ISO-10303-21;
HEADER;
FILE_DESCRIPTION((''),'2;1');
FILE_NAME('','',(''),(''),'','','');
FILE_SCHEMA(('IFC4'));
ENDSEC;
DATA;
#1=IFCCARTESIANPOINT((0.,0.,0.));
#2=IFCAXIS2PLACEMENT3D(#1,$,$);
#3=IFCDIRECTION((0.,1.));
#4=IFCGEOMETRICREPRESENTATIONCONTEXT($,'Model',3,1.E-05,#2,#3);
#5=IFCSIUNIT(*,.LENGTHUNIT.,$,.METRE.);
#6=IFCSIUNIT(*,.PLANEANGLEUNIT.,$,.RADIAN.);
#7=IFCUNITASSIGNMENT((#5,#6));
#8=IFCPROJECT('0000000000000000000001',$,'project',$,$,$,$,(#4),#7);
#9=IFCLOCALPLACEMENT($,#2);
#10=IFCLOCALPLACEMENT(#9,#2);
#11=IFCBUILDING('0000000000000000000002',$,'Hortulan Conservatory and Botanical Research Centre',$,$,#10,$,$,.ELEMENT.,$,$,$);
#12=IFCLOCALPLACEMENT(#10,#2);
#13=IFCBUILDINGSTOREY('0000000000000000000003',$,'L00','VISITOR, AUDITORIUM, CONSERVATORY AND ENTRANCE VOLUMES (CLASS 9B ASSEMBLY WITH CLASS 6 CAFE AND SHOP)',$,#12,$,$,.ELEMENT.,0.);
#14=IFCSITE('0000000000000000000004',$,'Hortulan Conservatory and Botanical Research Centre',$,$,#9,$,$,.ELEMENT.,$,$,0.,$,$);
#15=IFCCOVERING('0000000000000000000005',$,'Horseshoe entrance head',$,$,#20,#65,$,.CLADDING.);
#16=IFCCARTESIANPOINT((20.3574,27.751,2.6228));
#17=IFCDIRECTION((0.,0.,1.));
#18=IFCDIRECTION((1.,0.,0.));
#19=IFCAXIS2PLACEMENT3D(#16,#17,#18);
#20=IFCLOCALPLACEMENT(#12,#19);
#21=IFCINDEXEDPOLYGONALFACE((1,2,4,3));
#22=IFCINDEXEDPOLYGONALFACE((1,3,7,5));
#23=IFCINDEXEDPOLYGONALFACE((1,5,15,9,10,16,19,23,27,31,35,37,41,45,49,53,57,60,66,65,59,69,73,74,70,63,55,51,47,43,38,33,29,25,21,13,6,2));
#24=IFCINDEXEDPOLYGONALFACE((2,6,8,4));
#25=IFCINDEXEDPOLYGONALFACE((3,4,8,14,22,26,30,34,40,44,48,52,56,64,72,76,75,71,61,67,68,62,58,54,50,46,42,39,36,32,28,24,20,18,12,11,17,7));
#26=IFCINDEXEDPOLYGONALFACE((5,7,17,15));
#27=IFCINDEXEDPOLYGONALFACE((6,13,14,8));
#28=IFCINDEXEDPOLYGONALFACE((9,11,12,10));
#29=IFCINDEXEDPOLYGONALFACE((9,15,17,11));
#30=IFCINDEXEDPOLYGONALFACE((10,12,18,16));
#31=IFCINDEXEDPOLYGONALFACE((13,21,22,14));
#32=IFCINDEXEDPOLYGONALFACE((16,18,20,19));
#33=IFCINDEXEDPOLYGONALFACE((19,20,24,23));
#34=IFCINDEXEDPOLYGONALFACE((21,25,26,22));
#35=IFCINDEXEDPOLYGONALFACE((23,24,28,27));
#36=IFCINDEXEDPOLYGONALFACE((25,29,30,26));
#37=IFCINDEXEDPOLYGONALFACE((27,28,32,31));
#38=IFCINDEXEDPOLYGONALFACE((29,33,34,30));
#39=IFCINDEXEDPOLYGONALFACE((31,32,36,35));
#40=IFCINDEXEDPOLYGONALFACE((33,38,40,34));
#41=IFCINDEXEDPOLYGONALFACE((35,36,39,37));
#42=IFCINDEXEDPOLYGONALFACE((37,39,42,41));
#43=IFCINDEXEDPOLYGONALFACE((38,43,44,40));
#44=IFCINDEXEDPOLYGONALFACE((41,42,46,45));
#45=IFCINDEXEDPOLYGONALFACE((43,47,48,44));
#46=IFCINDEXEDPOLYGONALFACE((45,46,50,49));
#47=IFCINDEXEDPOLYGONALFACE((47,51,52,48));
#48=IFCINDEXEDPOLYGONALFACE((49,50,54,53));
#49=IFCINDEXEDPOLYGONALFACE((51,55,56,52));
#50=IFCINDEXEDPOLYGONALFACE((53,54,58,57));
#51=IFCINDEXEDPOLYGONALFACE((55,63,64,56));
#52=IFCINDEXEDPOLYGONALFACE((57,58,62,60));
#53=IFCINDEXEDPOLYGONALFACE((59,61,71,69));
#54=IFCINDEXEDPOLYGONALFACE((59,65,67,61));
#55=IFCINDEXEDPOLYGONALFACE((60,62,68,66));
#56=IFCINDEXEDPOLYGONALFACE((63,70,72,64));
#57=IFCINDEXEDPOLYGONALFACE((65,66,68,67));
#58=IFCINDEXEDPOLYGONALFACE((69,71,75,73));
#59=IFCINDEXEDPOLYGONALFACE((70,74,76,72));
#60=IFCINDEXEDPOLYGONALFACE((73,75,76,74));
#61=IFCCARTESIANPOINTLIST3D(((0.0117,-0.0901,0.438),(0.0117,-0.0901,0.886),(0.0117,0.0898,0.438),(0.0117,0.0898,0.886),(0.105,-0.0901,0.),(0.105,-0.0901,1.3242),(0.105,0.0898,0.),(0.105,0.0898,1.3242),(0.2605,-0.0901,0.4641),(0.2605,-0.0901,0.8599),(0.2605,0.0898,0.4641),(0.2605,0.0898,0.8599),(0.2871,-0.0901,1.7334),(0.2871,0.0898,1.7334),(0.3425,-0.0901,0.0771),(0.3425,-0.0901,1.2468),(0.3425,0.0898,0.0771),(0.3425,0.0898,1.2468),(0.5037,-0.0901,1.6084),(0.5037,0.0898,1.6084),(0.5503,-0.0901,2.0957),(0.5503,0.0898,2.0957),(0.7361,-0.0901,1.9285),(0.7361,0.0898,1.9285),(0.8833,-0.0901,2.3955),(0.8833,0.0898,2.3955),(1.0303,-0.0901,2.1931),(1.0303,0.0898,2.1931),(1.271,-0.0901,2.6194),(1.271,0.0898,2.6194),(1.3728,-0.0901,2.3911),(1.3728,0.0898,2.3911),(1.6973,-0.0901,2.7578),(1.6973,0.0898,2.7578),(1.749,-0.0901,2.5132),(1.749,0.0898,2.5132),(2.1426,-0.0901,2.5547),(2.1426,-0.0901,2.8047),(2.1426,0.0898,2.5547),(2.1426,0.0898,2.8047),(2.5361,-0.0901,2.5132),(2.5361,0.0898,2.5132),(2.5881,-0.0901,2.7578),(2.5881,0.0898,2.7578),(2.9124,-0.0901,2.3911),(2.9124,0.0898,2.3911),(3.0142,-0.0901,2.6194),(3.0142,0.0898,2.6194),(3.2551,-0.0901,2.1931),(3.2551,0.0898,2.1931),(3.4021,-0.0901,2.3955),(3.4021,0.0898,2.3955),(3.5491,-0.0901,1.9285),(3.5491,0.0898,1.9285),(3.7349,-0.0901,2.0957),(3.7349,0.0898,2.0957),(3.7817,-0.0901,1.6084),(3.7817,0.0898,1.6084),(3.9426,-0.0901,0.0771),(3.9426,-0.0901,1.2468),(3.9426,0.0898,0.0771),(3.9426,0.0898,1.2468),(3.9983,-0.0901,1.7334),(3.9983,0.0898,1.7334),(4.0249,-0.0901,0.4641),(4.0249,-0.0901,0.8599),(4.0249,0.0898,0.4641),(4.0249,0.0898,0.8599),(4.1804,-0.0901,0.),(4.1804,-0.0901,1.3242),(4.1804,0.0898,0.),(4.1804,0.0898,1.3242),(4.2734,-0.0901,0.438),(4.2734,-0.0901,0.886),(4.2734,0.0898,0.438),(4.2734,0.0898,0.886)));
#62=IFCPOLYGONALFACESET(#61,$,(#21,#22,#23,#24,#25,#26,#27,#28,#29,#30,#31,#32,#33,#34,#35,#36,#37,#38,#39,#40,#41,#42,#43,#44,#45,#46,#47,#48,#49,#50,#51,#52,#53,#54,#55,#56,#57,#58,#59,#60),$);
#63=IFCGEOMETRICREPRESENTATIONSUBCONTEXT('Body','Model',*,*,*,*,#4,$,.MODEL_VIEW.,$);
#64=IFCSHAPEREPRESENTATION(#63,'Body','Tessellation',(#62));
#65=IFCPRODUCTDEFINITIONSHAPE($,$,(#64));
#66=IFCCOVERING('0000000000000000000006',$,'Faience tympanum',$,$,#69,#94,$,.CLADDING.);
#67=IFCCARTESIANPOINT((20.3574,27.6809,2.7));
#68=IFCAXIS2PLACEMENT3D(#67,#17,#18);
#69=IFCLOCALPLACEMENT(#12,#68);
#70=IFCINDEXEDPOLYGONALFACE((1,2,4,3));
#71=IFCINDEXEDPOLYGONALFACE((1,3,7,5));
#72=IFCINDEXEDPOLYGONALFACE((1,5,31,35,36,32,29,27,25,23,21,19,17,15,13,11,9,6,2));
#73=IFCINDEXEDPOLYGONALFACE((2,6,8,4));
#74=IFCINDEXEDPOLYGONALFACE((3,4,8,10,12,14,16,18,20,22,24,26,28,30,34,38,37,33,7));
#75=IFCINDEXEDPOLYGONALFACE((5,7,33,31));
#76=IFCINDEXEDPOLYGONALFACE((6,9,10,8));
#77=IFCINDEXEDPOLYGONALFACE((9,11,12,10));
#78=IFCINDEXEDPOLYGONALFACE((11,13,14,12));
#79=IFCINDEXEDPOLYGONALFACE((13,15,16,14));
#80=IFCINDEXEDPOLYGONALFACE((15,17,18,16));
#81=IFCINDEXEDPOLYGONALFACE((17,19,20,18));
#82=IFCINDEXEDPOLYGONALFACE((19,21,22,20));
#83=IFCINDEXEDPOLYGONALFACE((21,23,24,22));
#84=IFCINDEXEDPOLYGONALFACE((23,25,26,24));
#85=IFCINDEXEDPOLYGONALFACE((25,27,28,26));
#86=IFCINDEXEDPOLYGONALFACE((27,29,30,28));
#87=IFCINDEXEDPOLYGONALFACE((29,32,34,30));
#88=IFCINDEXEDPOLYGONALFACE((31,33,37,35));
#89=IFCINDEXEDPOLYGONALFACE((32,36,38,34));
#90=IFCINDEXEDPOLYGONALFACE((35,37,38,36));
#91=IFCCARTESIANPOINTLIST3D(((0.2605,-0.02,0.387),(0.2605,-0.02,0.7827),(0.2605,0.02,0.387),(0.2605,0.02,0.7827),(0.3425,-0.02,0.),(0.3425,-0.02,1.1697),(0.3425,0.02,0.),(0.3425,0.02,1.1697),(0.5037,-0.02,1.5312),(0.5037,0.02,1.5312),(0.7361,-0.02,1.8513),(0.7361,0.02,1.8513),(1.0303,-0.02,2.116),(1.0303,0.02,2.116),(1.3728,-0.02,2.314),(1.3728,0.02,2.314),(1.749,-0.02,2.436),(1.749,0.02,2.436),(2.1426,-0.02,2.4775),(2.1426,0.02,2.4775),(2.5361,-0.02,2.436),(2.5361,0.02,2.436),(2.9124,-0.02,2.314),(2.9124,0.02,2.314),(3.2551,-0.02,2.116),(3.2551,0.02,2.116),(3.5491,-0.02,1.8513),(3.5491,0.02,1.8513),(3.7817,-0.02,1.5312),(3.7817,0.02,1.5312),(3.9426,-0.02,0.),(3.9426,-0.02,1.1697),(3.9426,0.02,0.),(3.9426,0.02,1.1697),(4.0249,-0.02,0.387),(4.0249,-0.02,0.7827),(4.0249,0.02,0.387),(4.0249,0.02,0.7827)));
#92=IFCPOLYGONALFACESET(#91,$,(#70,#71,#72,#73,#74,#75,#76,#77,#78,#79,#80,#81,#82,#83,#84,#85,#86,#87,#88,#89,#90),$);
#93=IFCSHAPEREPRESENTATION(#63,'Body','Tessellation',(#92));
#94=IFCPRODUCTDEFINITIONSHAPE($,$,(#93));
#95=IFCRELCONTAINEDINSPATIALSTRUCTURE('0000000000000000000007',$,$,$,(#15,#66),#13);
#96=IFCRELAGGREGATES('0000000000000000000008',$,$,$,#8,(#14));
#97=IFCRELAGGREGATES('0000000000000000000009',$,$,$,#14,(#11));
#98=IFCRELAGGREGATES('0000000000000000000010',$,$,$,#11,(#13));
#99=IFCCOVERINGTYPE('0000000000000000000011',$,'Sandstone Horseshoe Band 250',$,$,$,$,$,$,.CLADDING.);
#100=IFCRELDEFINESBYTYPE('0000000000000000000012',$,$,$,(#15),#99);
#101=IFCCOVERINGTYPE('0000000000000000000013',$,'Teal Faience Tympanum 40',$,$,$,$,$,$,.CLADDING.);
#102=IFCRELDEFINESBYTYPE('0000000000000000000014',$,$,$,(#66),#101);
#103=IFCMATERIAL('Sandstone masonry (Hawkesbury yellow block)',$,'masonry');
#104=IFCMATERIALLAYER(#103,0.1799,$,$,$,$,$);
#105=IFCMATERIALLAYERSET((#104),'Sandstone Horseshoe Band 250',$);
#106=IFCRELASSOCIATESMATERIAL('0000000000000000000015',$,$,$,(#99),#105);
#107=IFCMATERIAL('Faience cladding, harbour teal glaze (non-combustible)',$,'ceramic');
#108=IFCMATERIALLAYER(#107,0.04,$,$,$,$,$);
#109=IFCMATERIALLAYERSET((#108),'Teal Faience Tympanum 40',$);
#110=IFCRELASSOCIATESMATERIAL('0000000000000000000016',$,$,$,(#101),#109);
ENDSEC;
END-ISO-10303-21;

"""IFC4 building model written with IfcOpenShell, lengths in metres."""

from ifc_helpers import new_model, si_unit, direction, frame, origin, place, context, subcontext, project, spatial, polyline, outline, extrude, material, layer, layer_set, type_object, element, save


model = new_model("IFC4")

# Units and contexts
model_context = context("Model", 3, precision=1e-05, world=origin(), true_north=direction((0.0, 1.0)))
body_context = subcontext(model_context, "Body", "Model", "MODEL_VIEW")
ifc_project = project(units=[si_unit("LENGTHUNIT", "METRE"), si_unit("PLANEANGLEUNIT", "RADIAN")], contexts=[model_context])

# Site, building, storey
site_placement = place(None, origin())
site = spatial("IfcSite", under=ifc_project, at=site_placement, Name="Hortulan Conservatory and Botanical Research Centre", CompositionType="ELEMENT", RefElevation=0.0)
building_placement = place(site_placement, origin())
building = spatial("IfcBuilding", under=site, at=building_placement, Name="Hortulan Conservatory and Botanical Research Centre", CompositionType="ELEMENT")
storey_placement = place(building_placement, origin())
storey = spatial("IfcBuildingStorey", under=building, at=storey_placement, Name="L00", Description="VISITOR, AUDITORIUM, CONSERVATORY AND ENTRANCE VOLUMES (CLASS 9B ASSEMBLY WITH CLASS 6 CAFE AND SHOP)", CompositionType="ELEMENT", Elevation=0.0)

# Coverings
ifc_material_1 = material(Name="Sandstone masonry (Hawkesbury yellow block)", Category="masonry")
ifc_layer_1 = layer(ifc_material_1, 0.1799)
ifc_layer_set_1 = layer_set([ifc_layer_1], Name="Sandstone Horseshoe Band 250")
covering_type_1 = type_object("IfcCoveringType", Name="Sandstone Horseshoe Band 250", PredefinedType="CLADDING", material=ifc_layer_set_1)
covering_1_placement = place(storey_placement, frame((20.3574, 27.751, 2.6228), z_axis=(0.0, 0.0, 1.0), x_axis=(1.0, 0.0, 0.0)))
element("IfcCovering", 1, at=covering_1_placement, inside=storey, type_object=covering_type_1, Name="Horseshoe entrance head", PredefinedType="CLADDING", context=body_context, shape_type="SweptSolid", body=[
    extrude(outline(polyline([(0.3425, 0.0771), (0.2605, 0.4641), (0.2605, 0.8599), (0.3425, 1.2468), (0.5037, 1.6084), (0.7361, 1.9285), (1.0303, 2.1931), (1.3728, 2.3911), (1.749, 2.5132), (2.1426, 2.5547), (2.5361, 2.5132), (2.9124, 2.3911), (3.2551, 2.1931), (3.5491, 1.9285), (3.7817, 1.6084), (3.9426, 1.2468), (4.0249, 0.8599), (4.0249, 0.4641), (3.9426, 0.0771), (4.1804, 0.0), (4.2734, 0.438), (4.2734, 0.886), (4.1804, 1.3242), (3.9983, 1.7334), (3.7349, 2.0957), (3.4021, 2.3955), (3.0142, 2.6194), (2.5881, 2.7578), (2.1426, 2.8047), (1.6973, 2.7578), (1.271, 2.6194), (0.8833, 2.3955), (0.5503, 2.0957), (0.2871, 1.7334), (0.105, 1.3242), (0.0117, 0.886), (0.0117, 0.438), (0.105, 0.0), (0.3425, 0.0771)])), frame((0.0, 0.0898, 0.0), z_axis=(0.0, -1.0, 0.0), x_axis=(1.0, 0.0, 0.0)), (0.0, 0.0, 1.0), 0.1799),
])
ifc_material_2 = material(Name="Faience cladding, harbour teal glaze (non-combustible)", Category="ceramic")
ifc_layer_2 = layer(ifc_material_2, 0.04)
ifc_layer_set_2 = layer_set([ifc_layer_2], Name="Teal Faience Tympanum 40")
covering_type_2 = type_object("IfcCoveringType", Name="Teal Faience Tympanum 40", PredefinedType="CLADDING", material=ifc_layer_set_2)
covering_2_placement = place(storey_placement, frame((20.3574, 27.6809, 2.7), z_axis=(0.0, 0.0, 1.0), x_axis=(1.0, 0.0, 0.0)))
element("IfcCovering", 2, at=covering_2_placement, inside=storey, type_object=covering_type_2, Name="Faience tympanum", PredefinedType="CLADDING", context=body_context, shape_type="SweptSolid", body=[
    extrude(outline(polyline([(0.3425, 0.0), (0.2605, 0.387), (0.2605, 0.7827), (0.3425, 1.1697), (0.5037, 1.5312), (0.7361, 1.8513), (1.0303, 2.116), (1.3728, 2.314), (1.749, 2.436), (2.1426, 2.4775), (2.5361, 2.436), (2.9124, 2.314), (3.2551, 2.116), (3.5491, 1.8513), (3.7817, 1.5312), (3.9426, 1.1697), (4.0249, 0.7827), (4.0249, 0.387), (3.9426, 0.0), (3.9426, 0.0), (0.3425, 0.0), (0.3425, 0.0)])), frame((0.0, 0.02, 0.0), z_axis=(0.0, -1.0, 0.0), x_axis=(1.0, 0.0, 0.0)), (0.0, 0.0, 1.0), 0.04),
])

save(model, "model.ifc")
